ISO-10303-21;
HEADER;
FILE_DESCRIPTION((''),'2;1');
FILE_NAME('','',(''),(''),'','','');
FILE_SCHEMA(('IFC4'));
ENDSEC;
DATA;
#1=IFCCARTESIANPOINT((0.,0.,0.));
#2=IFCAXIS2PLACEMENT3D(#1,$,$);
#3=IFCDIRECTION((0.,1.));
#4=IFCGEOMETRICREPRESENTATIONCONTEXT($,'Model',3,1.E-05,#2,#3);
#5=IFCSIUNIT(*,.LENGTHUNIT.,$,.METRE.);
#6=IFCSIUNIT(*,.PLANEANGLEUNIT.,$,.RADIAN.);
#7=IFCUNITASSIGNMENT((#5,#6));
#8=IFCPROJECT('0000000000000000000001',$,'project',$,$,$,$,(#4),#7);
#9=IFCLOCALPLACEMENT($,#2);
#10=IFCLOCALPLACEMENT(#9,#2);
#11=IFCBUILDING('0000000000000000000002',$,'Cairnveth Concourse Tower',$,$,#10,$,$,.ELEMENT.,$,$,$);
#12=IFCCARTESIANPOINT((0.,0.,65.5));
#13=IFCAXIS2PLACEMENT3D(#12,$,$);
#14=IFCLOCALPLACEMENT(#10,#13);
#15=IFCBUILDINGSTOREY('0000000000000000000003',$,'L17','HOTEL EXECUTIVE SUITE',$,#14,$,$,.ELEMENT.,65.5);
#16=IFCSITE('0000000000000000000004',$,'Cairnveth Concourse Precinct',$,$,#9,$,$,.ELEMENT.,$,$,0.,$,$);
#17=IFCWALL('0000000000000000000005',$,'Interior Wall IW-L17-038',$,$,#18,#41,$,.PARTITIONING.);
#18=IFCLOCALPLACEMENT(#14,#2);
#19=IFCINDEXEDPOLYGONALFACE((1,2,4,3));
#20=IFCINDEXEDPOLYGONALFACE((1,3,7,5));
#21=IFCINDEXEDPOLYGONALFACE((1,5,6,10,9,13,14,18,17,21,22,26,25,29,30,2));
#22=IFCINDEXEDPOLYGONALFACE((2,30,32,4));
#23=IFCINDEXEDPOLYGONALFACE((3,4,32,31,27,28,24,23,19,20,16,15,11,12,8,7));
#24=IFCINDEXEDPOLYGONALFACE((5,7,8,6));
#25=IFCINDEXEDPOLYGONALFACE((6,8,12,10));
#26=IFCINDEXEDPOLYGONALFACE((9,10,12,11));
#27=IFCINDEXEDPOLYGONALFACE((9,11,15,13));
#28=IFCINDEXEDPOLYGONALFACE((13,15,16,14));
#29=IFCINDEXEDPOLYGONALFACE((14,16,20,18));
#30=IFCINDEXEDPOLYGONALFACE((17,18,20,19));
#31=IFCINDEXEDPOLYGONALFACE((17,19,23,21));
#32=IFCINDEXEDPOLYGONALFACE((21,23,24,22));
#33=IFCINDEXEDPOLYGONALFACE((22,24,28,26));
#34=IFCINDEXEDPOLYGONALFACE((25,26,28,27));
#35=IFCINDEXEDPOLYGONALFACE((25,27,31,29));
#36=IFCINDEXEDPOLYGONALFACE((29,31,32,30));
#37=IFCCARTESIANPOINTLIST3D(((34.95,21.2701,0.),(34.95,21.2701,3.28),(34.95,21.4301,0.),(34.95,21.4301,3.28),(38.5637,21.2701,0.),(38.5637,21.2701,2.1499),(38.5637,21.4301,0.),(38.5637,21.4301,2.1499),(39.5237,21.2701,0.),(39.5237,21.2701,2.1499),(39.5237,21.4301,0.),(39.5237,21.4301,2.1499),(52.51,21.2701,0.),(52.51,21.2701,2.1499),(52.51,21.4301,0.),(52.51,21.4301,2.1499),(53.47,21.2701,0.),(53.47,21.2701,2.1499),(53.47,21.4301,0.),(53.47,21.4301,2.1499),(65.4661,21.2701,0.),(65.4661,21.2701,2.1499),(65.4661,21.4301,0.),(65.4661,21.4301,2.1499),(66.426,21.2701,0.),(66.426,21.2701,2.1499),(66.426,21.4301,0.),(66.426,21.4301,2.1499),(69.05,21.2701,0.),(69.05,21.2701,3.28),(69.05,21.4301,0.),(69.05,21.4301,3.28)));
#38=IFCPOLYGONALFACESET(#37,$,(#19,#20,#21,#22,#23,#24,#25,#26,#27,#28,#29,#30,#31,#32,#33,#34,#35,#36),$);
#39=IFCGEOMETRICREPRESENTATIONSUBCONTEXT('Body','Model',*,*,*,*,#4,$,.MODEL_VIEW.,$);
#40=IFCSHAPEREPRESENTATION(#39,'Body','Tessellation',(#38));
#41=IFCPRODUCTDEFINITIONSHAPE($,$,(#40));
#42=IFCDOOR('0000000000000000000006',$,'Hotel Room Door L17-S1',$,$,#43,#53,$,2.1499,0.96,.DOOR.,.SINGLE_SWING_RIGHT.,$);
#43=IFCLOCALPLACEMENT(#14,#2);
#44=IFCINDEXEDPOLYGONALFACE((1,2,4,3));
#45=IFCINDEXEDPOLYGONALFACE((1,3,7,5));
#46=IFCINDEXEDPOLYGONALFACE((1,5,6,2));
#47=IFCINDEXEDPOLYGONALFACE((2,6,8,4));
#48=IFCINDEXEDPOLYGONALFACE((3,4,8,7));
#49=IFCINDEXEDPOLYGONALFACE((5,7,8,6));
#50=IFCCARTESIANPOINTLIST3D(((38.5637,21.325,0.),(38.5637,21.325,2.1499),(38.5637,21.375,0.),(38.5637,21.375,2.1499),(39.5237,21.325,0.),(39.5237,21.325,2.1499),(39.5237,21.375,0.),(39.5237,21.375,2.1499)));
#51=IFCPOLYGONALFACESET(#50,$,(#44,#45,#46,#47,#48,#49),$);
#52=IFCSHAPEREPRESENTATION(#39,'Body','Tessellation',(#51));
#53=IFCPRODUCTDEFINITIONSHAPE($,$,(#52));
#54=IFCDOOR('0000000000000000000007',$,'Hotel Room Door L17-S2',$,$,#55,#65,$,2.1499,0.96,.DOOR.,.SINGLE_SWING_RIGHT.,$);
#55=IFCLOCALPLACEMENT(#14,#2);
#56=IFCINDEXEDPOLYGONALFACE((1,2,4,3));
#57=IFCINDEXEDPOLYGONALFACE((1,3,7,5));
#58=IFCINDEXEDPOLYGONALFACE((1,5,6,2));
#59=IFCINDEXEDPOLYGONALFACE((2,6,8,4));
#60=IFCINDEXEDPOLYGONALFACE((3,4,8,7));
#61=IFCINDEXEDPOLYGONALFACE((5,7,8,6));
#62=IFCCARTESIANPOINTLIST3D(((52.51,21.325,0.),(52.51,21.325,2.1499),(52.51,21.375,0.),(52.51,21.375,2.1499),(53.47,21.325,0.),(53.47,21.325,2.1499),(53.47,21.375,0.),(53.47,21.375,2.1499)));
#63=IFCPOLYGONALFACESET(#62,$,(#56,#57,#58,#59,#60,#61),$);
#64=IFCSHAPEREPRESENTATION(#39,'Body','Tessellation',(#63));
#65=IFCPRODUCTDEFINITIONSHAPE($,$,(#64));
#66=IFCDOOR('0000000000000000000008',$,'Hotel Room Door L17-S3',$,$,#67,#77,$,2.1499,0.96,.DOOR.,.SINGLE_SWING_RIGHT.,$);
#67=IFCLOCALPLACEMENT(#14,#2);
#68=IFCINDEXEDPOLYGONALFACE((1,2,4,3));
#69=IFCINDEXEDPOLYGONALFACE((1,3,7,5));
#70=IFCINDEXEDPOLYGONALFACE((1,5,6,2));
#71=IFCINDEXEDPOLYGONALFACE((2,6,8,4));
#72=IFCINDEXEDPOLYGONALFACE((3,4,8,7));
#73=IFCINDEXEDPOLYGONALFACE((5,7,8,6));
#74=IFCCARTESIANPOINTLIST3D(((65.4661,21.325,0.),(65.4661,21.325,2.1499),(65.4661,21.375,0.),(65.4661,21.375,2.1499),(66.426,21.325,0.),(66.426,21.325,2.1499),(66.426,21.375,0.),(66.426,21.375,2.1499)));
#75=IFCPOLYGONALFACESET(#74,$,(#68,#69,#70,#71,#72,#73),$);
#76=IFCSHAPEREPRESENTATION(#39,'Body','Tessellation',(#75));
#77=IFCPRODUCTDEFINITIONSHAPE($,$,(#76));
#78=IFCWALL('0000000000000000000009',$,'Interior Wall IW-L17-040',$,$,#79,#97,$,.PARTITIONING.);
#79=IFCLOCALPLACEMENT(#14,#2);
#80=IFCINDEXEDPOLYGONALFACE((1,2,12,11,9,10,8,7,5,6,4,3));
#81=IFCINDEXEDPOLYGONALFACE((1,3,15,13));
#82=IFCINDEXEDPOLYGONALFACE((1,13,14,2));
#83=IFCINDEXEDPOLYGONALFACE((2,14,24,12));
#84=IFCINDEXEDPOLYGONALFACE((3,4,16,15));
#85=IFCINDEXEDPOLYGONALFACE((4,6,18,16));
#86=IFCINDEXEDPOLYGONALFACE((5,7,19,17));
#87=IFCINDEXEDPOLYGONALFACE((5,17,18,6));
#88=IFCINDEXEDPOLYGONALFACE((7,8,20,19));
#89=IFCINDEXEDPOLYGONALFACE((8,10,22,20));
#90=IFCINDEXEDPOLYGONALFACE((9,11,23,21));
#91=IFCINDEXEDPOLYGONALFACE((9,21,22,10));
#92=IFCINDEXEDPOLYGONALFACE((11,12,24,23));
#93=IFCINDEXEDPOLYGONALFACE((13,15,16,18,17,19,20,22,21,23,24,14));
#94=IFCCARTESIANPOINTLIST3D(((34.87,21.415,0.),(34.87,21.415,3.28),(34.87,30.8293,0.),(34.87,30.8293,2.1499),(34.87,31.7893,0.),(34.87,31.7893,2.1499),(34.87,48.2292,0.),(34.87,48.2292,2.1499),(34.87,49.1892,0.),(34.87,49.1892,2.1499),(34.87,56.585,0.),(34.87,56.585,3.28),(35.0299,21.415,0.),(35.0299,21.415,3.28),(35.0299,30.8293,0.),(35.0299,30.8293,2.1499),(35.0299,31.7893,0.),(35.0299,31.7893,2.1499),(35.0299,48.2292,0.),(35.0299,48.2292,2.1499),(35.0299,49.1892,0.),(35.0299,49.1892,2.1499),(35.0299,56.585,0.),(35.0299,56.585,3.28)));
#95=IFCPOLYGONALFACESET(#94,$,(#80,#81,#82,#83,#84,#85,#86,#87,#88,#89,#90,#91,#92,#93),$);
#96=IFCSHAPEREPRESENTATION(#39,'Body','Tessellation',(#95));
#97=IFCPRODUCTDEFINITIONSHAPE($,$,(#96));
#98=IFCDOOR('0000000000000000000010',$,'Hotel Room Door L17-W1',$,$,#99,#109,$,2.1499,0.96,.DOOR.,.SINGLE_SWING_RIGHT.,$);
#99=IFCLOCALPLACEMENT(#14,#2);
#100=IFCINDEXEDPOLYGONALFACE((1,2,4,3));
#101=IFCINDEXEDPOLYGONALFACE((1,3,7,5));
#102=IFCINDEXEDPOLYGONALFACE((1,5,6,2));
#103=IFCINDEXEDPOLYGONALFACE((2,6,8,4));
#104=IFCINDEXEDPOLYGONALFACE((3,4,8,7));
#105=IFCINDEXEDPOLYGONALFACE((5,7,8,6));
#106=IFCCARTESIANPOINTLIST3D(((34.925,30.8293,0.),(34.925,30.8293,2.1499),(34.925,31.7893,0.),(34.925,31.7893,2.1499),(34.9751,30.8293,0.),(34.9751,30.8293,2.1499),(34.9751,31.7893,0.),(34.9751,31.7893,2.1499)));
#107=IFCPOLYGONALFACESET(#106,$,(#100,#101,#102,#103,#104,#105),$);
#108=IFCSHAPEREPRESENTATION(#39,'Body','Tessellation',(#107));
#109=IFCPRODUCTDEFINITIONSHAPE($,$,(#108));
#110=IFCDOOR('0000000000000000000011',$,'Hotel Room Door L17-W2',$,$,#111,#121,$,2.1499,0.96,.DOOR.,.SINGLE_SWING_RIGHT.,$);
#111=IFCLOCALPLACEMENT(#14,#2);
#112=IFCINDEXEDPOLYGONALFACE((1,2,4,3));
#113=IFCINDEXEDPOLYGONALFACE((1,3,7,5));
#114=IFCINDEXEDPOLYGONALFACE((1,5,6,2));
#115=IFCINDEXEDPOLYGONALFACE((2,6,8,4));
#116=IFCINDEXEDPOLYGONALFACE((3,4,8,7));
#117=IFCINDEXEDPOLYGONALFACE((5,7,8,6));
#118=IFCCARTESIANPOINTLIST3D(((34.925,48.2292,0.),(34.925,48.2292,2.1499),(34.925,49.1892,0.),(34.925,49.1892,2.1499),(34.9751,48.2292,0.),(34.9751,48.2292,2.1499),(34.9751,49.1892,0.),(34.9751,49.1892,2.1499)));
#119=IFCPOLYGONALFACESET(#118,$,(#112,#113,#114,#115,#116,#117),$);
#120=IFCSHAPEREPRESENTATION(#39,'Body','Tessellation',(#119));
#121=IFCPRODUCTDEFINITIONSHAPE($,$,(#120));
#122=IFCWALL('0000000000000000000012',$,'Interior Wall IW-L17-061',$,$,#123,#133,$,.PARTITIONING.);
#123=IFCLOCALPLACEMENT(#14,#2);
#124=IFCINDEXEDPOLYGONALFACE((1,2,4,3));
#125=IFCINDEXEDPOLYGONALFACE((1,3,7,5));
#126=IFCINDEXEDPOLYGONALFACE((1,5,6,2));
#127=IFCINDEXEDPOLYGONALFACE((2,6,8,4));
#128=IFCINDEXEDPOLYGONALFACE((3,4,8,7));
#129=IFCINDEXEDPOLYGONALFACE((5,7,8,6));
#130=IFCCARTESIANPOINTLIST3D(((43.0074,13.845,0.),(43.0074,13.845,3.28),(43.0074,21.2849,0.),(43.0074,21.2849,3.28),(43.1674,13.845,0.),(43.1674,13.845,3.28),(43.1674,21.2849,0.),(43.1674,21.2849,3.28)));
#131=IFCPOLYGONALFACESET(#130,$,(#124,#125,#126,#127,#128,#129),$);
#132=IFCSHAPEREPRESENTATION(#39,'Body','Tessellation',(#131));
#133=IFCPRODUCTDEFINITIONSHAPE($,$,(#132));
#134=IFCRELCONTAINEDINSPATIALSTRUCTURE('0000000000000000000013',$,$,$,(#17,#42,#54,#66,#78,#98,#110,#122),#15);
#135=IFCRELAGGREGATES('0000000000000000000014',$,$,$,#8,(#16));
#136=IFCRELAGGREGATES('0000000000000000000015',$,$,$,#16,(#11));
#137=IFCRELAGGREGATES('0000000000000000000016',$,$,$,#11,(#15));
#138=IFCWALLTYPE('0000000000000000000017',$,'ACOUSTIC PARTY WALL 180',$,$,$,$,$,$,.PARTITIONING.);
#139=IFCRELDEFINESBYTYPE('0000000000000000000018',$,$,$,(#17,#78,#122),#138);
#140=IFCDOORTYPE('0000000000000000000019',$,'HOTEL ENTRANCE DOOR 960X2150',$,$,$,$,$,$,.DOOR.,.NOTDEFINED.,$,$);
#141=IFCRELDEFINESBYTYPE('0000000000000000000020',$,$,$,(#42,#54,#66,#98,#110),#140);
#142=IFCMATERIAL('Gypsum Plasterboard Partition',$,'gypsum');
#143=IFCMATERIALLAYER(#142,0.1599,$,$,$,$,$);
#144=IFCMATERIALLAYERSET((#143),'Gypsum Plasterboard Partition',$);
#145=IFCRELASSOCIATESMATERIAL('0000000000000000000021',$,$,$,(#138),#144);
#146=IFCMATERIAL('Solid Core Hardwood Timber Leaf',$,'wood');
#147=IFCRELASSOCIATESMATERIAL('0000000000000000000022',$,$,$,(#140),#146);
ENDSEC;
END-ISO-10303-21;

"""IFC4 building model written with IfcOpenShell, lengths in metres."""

from ifc_helpers import new_model, si_unit, direction, frame, frame_2d, origin, place, context, subcontext, project, spatial, rectangle, extrude, material, layer, layer_set, type_object, element, fill, save


model = new_model("IFC4")

# Units and contexts
model_context = context("Model", 3, precision=1e-05, world=origin(), true_north=direction((0.0, 1.0)))
body_context = subcontext(model_context, "Body", "Model", "MODEL_VIEW")
ifc_project = project(units=[si_unit("LENGTHUNIT", "METRE"), si_unit("PLANEANGLEUNIT", "RADIAN")], contexts=[model_context])

# Site, building, storey
site_placement = place(None, origin())
site = spatial("IfcSite", under=ifc_project, at=site_placement, Name="Cairnveth Concourse Precinct", CompositionType="ELEMENT", RefElevation=0.0)
building_placement = place(site_placement, origin())
building = spatial("IfcBuilding", under=site, at=building_placement, Name="Cairnveth Concourse Tower", CompositionType="ELEMENT")
storey_placement = place(building_placement, frame((0.0, 0.0, 65.5)))
storey = spatial("IfcBuildingStorey", under=building, at=storey_placement, Name="L17", Description="HOTEL EXECUTIVE SUITE", CompositionType="ELEMENT", Elevation=65.5)

# Walls, openings, doors
ifc_material_1 = material(Name="Gypsum Plasterboard Partition", Category="gypsum")
ifc_layer_1 = layer(ifc_material_1, 0.1599)
ifc_layer_set_1 = layer_set([ifc_layer_1], Name="Gypsum Plasterboard Partition")
wall_type_1 = type_object("IfcWallType", Name="ACOUSTIC PARTY WALL 180", PredefinedType="PARTITIONING", material=ifc_layer_set_1)
wall_1_placement = place(storey_placement, frame((34.95, 21.3501, 0.0), z_axis=(0.0, 0.0, 1.0), x_axis=(1.0, 0.0, 0.0)))
wall_1 = element("IfcWall", 1, at=wall_1_placement, inside=storey, type_object=wall_type_1, Name="Interior Wall IW-L17-038", PredefinedType="PARTITIONING", context=body_context, shape_type="SweptSolid", body=[
    extrude(rectangle(XDim=34.1001, YDim=0.1599, at=frame_2d((17.05, 0.0))), origin(), (0.0, 0.0, 1.0), 3.28),
])
opening_1_placement = place(wall_1_placement, frame((3.6138, 0.0, 0.0)))
opening_1 = element("IfcOpeningElement", 2, at=opening_1_placement, cuts=wall_1, PredefinedType="OPENING", context=body_context, shape_type="SweptSolid", body=[
    extrude(rectangle(XDim=0.96, YDim=2.1499, at=frame_2d((0.48, 1.075))), frame((0.0, 0.0898, 0.0), z_axis=(0.0, -1.0, 0.0), x_axis=(1.0, 0.0, 0.0)), (0.0, 0.0, 1.0), 0.1799),
])
opening_2_placement = place(wall_1_placement, frame((17.5601, 0.0, 0.0)))
opening_2 = element("IfcOpeningElement", 3, at=opening_2_placement, cuts=wall_1, PredefinedType="OPENING", context=body_context, shape_type="SweptSolid", body=[
    extrude(rectangle(XDim=0.96, YDim=2.1499, at=frame_2d((0.48, 1.075))), frame((0.0, 0.0898, 0.0), z_axis=(0.0, -1.0, 0.0), x_axis=(1.0, 0.0, 0.0)), (0.0, 0.0, 1.0), 0.1799),
])
opening_3_placement = place(wall_1_placement, frame((30.5161, 0.0, 0.0)))
opening_3 = element("IfcOpeningElement", 4, at=opening_3_placement, cuts=wall_1, PredefinedType="OPENING", context=body_context, shape_type="SweptSolid", body=[
    extrude(rectangle(XDim=0.96, YDim=2.1499, at=frame_2d((0.48, 1.075))), frame((0.0, 0.0898, 0.0), z_axis=(0.0, -1.0, 0.0), x_axis=(1.0, 0.0, 0.0)), (0.0, 0.0, 1.0), 0.1799),
])
ifc_material_2 = material(Name="Solid Core Hardwood Timber Leaf", Category="wood")
door_type_1 = type_object("IfcDoorType", Name="HOTEL ENTRANCE DOOR 960X2150", OperationType="NOTDEFINED", PredefinedType="DOOR", material=ifc_material_2)
door_1_placement = place(opening_1_placement, origin())
door_1 = element("IfcDoor", 5, at=door_1_placement, inside=storey, type_object=door_type_1, Name="Hotel Room Door L17-S1", OperationType="SINGLE_SWING_RIGHT", OverallHeight=2.1499, OverallWidth=0.96, PredefinedType="DOOR", context=body_context, shape_type="SweptSolid", body=[
    extrude(rectangle(XDim=0.96, YDim=2.1499, at=frame_2d((0.48, 1.075))), frame((0.0, 0.0249, 0.0), z_axis=(0.0, -1.0, 0.0), x_axis=(1.0, 0.0, 0.0)), (0.0, 0.0, 1.0), 0.05),
])
fill(opening_1, door_1)
door_2_placement = place(opening_2_placement, origin())
door_2 = element("IfcDoor", 6, at=door_2_placement, inside=storey, type_object=door_type_1, Name="Hotel Room Door L17-S2", OperationType="SINGLE_SWING_RIGHT", OverallHeight=2.1499, OverallWidth=0.96, PredefinedType="DOOR", context=body_context, shape_type="SweptSolid", body=[
    extrude(rectangle(XDim=0.96, YDim=2.1499, at=frame_2d((0.48, 1.075))), frame((0.0, 0.0249, 0.0), z_axis=(0.0, -1.0, 0.0), x_axis=(1.0, 0.0, 0.0)), (0.0, 0.0, 1.0), 0.05),
])
fill(opening_2, door_2)
door_3_placement = place(opening_3_placement, origin())
door_3 = element("IfcDoor", 7, at=door_3_placement, inside=storey, type_object=door_type_1, Name="Hotel Room Door L17-S3", OperationType="SINGLE_SWING_RIGHT", OverallHeight=2.1499, OverallWidth=0.96, PredefinedType="DOOR", context=body_context, shape_type="SweptSolid", body=[
    extrude(rectangle(XDim=0.96, YDim=2.1499, at=frame_2d((0.48, 1.075))), frame((0.0, 0.0249, 0.0), z_axis=(0.0, -1.0, 0.0), x_axis=(1.0, 0.0, 0.0)), (0.0, 0.0, 1.0), 0.05),
])
fill(opening_3, door_3)
wall_2_placement = place(storey_placement, frame((34.95, 21.415, 0.0), z_axis=(0.0, 0.0, 1.0), x_axis=(0.0, 1.0, 0.0)))
wall_2 = element("IfcWall", 8, at=wall_2_placement, inside=storey, type_object=wall_type_1, Name="Interior Wall IW-L17-040", PredefinedType="PARTITIONING", context=body_context, shape_type="SweptSolid", body=[
    extrude(rectangle(XDim=35.1699, YDim=0.1599, at=frame_2d((17.585, 0.0))), origin(), (0.0, 0.0, 1.0), 3.28),
])
opening_4_placement = place(wall_2_placement, frame((9.4143, 0.0, 0.0)))
opening_4 = element("IfcOpeningElement", 9, at=opening_4_placement, cuts=wall_2, PredefinedType="OPENING", context=body_context, shape_type="SweptSolid", body=[
    extrude(rectangle(XDim=0.96, YDim=2.1499, at=frame_2d((0.48, 1.075))), frame((0.0, 0.0898, 0.0), z_axis=(0.0, -1.0, 0.0), x_axis=(1.0, 0.0, 0.0)), (0.0, 0.0, 1.0), 0.1799),
])
opening_5_placement = place(wall_2_placement, frame((26.8142, 0.0, 0.0)))
opening_5 = element("IfcOpeningElement", 10, at=opening_5_placement, cuts=wall_2, PredefinedType="OPENING", context=body_context, shape_type="SweptSolid", body=[
    extrude(rectangle(XDim=0.96, YDim=2.1499, at=frame_2d((0.48, 1.075))), frame((0.0, 0.0898, 0.0), z_axis=(0.0, -1.0, 0.0), x_axis=(1.0, 0.0, 0.0)), (0.0, 0.0, 1.0), 0.1799),
])
door_4_placement = place(opening_4_placement, origin())
door_4 = element("IfcDoor", 11, at=door_4_placement, inside=storey, type_object=door_type_1, Name="Hotel Room Door L17-W1", OperationType="SINGLE_SWING_RIGHT", OverallHeight=2.1499, OverallWidth=0.96, PredefinedType="DOOR", context=body_context, shape_type="SweptSolid", body=[
    extrude(rectangle(XDim=0.96, YDim=2.1499, at=frame_2d((0.48, 1.075))), frame((0.0, 0.0249, 0.0), z_axis=(0.0, -1.0, 0.0), x_axis=(1.0, 0.0, 0.0)), (0.0, 0.0, 1.0), 0.05),
])
fill(opening_4, door_4)
door_5_placement = place(opening_5_placement, origin())
door_5 = element("IfcDoor", 12, at=door_5_placement, inside=storey, type_object=door_type_1, Name="Hotel Room Door L17-W2", OperationType="SINGLE_SWING_RIGHT", OverallHeight=2.1499, OverallWidth=0.96, PredefinedType="DOOR", context=body_context, shape_type="SweptSolid", body=[
    extrude(rectangle(XDim=0.96, YDim=2.1499, at=frame_2d((0.48, 1.075))), frame((0.0, 0.0249, 0.0), z_axis=(0.0, -1.0, 0.0), x_axis=(1.0, 0.0, 0.0)), (0.0, 0.0, 1.0), 0.05),
])
fill(opening_5, door_5)

# Wall
wall_3_placement = place(storey_placement, frame((43.0874, 13.845, 0.0), z_axis=(0.0, 0.0, 1.0), x_axis=(0.0, 1.0, 0.0)))
element("IfcWall", 13, at=wall_3_placement, inside=storey, type_object=wall_type_1, Name="Interior Wall IW-L17-061", PredefinedType="PARTITIONING", context=body_context, shape_type="SweptSolid", body=[
    extrude(rectangle(XDim=7.4399, YDim=0.1599, at=frame_2d((3.72, 0.0))), origin(), (0.0, 0.0, 1.0), 3.28),
])

save(model, "model.ifc")
